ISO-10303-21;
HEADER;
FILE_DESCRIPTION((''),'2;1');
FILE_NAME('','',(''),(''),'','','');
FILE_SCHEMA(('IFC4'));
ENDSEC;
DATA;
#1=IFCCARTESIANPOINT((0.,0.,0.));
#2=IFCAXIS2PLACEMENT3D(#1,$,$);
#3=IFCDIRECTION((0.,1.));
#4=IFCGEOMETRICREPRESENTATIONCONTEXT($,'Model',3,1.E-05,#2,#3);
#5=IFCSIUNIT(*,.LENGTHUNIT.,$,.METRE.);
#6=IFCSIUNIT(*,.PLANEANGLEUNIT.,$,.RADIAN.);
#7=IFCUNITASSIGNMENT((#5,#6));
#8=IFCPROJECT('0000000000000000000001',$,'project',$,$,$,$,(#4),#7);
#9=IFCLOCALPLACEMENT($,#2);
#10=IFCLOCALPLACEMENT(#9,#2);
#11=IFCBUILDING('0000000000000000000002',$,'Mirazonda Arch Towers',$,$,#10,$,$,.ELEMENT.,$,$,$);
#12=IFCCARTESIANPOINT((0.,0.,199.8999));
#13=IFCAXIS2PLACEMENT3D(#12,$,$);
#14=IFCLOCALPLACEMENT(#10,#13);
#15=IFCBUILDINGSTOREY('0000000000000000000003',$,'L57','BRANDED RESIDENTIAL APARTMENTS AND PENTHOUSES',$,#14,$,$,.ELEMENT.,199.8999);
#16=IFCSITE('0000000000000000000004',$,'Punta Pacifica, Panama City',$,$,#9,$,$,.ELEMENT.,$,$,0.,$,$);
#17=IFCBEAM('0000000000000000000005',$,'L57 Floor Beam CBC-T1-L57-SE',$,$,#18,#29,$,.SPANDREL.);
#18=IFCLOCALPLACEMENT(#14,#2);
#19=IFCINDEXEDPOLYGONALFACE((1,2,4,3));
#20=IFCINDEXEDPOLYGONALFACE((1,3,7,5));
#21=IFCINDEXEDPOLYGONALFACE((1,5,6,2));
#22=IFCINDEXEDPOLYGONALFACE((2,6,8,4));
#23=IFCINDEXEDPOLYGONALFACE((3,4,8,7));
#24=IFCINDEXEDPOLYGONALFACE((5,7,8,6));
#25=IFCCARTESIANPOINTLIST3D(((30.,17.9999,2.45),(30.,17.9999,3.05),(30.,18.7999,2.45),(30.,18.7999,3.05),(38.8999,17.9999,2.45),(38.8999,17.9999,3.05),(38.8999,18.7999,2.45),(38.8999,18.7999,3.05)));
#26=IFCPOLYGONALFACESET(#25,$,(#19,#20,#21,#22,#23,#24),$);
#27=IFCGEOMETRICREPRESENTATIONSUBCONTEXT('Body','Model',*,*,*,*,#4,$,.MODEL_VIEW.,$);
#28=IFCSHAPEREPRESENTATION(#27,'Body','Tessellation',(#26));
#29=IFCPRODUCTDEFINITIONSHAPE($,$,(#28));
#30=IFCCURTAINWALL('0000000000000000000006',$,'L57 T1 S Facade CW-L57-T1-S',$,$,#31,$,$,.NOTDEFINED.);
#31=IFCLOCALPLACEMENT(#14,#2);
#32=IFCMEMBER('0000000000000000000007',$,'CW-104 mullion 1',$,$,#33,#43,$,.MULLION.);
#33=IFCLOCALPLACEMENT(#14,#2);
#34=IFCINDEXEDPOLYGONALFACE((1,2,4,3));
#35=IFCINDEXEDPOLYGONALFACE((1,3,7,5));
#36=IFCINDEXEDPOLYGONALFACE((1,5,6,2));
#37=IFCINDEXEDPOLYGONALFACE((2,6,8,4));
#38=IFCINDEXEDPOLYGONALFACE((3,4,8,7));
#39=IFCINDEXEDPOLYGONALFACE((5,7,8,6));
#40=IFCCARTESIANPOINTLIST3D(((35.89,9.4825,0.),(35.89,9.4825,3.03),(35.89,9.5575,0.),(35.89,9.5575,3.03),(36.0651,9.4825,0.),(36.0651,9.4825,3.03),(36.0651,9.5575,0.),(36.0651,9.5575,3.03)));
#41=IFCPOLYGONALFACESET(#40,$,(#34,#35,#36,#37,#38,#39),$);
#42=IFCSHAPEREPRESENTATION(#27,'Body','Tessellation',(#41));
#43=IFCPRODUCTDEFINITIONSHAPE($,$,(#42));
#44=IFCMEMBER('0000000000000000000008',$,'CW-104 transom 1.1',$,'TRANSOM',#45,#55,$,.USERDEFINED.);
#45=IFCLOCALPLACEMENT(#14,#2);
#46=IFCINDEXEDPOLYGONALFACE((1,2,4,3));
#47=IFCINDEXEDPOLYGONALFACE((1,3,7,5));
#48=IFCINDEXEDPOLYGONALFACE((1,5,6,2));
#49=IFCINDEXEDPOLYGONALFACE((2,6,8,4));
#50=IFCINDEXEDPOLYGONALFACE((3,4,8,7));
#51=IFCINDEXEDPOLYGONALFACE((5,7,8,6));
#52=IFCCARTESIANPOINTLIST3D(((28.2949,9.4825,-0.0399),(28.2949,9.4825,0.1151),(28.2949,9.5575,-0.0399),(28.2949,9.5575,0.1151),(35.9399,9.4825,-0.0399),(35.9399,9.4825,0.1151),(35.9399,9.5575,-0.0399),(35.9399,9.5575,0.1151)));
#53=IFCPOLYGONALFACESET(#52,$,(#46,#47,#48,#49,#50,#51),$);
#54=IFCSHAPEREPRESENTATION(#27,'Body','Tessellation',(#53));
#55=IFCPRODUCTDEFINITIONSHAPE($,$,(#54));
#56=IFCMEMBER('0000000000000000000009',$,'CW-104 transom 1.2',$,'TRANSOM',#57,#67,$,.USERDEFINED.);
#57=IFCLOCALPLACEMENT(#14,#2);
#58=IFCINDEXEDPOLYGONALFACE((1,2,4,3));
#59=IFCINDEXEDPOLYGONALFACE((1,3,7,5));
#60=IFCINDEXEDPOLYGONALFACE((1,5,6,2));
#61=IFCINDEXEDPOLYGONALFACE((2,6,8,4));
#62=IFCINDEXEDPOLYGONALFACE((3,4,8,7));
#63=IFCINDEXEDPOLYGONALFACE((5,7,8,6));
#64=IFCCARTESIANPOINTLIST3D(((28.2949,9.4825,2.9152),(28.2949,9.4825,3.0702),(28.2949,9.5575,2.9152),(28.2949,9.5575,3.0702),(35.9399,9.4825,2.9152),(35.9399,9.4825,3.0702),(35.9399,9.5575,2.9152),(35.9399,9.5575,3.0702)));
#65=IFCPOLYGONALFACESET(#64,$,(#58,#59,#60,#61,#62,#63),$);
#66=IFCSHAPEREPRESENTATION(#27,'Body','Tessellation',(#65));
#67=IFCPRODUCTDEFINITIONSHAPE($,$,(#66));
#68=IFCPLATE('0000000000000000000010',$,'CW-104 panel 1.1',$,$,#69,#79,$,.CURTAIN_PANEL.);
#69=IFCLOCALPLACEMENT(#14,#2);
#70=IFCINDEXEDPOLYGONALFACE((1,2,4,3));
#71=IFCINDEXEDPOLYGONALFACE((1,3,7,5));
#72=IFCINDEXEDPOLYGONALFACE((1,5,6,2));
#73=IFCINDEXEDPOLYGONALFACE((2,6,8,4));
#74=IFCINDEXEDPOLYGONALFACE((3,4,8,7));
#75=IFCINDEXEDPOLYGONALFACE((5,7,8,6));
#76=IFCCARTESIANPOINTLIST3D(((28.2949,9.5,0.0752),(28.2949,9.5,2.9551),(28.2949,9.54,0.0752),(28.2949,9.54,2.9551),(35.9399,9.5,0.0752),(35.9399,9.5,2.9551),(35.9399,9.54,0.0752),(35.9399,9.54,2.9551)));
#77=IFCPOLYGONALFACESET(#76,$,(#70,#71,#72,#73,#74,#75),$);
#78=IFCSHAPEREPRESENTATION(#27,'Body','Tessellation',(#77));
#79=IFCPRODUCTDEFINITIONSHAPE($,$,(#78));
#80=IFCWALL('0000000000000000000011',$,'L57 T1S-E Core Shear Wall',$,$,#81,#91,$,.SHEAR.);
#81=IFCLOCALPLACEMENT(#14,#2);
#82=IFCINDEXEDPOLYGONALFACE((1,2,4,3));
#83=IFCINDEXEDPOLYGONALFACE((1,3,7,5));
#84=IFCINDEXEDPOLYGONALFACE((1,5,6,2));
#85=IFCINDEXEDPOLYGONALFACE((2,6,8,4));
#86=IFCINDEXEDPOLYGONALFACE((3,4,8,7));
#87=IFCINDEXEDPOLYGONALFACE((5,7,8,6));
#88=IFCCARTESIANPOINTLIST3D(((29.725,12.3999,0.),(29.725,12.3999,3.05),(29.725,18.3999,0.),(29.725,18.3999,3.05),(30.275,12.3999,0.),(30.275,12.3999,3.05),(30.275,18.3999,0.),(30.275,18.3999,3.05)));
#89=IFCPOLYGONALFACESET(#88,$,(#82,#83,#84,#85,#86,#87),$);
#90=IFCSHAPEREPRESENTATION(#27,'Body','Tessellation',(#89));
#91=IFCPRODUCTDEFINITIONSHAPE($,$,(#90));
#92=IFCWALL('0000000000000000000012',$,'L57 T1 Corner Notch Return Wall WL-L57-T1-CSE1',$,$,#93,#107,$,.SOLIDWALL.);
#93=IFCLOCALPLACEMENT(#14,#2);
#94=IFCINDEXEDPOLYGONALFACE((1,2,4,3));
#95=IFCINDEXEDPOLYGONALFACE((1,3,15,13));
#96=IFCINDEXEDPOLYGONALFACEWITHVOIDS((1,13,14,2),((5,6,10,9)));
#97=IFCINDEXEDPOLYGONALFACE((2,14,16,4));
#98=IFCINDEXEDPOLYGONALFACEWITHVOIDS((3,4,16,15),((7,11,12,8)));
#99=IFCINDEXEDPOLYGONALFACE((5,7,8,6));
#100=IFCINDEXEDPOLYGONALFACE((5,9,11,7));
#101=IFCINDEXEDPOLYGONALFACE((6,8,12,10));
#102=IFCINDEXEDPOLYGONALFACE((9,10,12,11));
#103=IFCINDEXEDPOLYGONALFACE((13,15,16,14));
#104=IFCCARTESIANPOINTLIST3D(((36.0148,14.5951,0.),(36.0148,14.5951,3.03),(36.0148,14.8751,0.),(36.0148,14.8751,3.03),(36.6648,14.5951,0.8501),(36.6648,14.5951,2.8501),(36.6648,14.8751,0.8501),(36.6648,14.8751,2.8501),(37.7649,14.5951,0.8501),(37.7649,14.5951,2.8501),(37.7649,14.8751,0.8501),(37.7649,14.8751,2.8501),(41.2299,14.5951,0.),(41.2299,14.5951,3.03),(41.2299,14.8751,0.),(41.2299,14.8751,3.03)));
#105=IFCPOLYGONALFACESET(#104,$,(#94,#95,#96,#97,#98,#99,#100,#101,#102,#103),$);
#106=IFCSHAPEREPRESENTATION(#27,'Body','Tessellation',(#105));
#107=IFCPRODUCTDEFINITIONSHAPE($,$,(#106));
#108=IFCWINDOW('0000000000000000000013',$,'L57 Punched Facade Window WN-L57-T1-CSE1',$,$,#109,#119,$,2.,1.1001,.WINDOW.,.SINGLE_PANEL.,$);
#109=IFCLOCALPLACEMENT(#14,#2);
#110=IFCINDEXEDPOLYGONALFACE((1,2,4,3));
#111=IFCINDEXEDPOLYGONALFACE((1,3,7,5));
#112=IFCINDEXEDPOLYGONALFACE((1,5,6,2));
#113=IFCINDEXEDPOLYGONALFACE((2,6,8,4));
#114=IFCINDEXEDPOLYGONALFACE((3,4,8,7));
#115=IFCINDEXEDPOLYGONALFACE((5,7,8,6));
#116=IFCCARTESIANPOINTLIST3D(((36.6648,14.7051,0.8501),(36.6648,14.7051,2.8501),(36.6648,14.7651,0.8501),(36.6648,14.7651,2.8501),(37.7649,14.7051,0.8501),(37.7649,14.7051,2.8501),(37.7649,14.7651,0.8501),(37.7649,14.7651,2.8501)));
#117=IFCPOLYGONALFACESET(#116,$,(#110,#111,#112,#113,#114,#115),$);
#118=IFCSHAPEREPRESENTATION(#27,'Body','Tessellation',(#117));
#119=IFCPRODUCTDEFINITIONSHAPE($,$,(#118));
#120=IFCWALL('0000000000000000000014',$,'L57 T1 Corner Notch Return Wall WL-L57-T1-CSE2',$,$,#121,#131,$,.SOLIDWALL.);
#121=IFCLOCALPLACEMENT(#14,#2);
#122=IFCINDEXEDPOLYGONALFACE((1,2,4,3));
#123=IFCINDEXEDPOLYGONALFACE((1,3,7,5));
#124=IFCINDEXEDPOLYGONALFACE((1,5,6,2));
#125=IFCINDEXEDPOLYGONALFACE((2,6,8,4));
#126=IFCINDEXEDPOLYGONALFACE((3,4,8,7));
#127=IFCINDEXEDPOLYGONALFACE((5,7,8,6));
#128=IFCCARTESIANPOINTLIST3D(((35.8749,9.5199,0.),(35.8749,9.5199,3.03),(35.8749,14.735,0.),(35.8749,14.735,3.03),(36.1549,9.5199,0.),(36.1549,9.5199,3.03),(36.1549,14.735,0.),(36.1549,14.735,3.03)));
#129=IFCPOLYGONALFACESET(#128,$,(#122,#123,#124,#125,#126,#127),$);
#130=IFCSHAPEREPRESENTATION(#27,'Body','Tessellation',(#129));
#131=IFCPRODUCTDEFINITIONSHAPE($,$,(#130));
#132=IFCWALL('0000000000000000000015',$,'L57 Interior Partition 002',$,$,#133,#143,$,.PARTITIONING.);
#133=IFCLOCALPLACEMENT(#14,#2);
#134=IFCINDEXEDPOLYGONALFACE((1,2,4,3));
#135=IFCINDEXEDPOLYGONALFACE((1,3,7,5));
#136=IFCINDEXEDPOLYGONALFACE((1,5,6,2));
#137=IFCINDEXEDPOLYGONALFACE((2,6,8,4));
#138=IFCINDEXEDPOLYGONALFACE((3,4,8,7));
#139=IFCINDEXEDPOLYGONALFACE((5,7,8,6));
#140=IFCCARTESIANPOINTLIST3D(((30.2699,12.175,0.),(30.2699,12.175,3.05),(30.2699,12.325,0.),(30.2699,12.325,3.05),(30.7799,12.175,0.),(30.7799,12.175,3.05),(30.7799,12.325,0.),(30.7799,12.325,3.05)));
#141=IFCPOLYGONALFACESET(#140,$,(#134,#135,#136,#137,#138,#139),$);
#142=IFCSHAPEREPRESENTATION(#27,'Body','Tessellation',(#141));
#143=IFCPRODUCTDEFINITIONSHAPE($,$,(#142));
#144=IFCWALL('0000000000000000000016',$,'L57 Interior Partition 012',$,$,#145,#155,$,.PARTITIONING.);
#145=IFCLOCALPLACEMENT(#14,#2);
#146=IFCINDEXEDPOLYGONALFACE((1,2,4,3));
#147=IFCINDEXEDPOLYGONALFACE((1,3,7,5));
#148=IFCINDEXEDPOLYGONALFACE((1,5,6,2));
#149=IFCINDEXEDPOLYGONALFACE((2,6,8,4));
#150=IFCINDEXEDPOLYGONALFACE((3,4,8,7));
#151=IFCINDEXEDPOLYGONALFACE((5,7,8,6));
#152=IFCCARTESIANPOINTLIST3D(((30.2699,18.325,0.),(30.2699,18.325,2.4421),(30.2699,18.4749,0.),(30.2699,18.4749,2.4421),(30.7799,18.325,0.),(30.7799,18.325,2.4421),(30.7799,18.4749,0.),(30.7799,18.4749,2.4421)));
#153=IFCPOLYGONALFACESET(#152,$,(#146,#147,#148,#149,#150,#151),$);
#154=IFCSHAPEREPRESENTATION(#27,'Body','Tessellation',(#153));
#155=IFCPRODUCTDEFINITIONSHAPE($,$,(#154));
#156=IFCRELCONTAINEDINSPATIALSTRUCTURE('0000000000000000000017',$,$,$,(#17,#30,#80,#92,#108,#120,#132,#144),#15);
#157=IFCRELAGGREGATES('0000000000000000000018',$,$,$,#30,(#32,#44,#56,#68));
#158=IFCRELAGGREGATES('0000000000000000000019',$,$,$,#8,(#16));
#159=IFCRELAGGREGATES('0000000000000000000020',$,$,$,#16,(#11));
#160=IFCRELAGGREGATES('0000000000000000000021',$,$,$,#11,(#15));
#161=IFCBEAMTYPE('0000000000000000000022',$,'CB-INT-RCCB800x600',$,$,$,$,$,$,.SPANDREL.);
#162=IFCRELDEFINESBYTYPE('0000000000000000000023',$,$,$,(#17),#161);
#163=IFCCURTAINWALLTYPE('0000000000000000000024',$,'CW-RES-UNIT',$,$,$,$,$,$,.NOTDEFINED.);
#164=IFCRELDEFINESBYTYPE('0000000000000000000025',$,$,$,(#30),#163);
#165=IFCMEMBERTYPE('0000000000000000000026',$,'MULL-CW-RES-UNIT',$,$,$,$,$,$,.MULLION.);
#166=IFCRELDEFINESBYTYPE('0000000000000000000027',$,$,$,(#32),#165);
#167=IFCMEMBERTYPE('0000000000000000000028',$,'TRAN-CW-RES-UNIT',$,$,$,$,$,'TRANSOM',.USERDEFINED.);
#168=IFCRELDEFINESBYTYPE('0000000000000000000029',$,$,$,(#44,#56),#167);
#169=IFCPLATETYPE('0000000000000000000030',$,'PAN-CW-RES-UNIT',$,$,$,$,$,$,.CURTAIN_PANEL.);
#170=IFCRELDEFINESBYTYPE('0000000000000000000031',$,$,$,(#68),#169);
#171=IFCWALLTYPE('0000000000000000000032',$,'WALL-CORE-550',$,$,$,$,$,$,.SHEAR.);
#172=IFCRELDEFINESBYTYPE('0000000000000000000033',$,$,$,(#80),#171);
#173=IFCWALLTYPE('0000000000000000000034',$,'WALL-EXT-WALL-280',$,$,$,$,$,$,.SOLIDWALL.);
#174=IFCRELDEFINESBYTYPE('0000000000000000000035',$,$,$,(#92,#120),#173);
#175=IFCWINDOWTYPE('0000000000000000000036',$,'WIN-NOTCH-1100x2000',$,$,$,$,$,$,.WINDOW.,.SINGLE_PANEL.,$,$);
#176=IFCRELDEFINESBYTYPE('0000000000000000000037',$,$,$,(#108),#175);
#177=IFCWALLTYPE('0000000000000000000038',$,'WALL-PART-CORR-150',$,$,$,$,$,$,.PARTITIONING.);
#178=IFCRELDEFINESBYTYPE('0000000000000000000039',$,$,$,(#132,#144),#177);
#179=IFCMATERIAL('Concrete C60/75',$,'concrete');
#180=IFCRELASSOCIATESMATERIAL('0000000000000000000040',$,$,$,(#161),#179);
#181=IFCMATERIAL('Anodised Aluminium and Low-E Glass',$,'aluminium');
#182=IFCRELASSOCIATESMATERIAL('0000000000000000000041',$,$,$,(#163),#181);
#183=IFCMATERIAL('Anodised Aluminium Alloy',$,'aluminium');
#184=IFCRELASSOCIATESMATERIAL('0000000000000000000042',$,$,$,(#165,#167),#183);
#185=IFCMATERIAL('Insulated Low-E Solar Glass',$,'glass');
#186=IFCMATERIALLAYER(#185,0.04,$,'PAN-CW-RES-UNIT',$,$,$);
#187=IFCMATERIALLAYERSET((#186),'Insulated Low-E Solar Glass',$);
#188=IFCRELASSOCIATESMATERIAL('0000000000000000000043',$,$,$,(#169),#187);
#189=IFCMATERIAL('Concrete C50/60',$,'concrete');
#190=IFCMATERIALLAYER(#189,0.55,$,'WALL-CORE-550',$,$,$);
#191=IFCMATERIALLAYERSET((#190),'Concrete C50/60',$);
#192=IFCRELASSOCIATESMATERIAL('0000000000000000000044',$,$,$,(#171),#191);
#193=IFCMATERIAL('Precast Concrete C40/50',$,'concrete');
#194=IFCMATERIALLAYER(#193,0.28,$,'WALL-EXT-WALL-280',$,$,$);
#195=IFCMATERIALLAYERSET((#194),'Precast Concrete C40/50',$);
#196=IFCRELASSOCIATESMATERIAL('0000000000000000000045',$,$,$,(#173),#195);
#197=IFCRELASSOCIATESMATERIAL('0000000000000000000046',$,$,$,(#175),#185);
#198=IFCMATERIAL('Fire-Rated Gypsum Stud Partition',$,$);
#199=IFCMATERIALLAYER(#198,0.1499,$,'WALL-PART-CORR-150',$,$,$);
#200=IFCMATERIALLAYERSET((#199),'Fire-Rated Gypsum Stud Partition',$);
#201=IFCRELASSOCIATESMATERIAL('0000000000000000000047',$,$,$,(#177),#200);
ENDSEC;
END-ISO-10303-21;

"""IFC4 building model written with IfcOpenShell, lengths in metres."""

from ifc_helpers import new_model, si_unit, direction, frame, frame_2d, origin, origin_2d, place, context, subcontext, project, spatial, rectangle, extrude, material, layer, layer_set, material_profile, profile_set, type_object, element, fill, aggregate, save


model = new_model("IFC4")

# Units and contexts
model_context = context("Model", 3, precision=1e-05, world=origin(), true_north=direction((0.0, 1.0)))
body_context = subcontext(model_context, "Body", "Model", "MODEL_VIEW")
ifc_project = project(units=[si_unit("LENGTHUNIT", "METRE"), si_unit("PLANEANGLEUNIT", "RADIAN")], contexts=[model_context])

# Site, building, storey
site_placement = place(None, origin())
site = spatial("IfcSite", under=ifc_project, at=site_placement, Name="Punta Pacifica, Panama City", CompositionType="ELEMENT", RefElevation=0.0)
building_placement = place(site_placement, origin())
building = spatial("IfcBuilding", under=site, at=building_placement, Name="Mirazonda Arch Towers", CompositionType="ELEMENT")
storey_placement = place(building_placement, frame((0.0, 0.0, 199.8999)))
storey = spatial("IfcBuildingStorey", under=building, at=storey_placement, Name="L57", Description="BRANDED RESIDENTIAL APARTMENTS AND PENTHOUSES", CompositionType="ELEMENT", Elevation=199.8999)

# Shared definitions
ifc_material_1 = material(Name="Concrete C50/60", Category="concrete")

# Beam
ifc_material_2 = material(Name="Concrete C60/75", Category="concrete")
ifc_material_profile_1 = material_profile(ifc_material_2, rectangle(XDim=0.8, YDim=0.6001, at=origin_2d()), Name="RCCB800x600")
ifc_profile_set_1 = profile_set([ifc_material_profile_1], Name="Concrete C60/75")
beam_type_1 = type_object("IfcBeamType", Name="CB-INT-RCCB800x600", PredefinedType="SPANDREL", material=ifc_profile_set_1)
beam_1_placement = place(storey_placement, frame((30.0, 18.3999, 2.75), z_axis=(1.0, 0.0, 0.0), x_axis=(0.0, 1.0, 0.0)))
element("IfcBeam", 1, at=beam_1_placement, inside=storey, type_object=beam_type_1, Name="L57 Floor Beam CBC-T1-L57-SE", PredefinedType="SPANDREL", context=body_context, shape_type="SweptSolid", body=[
    extrude(rectangle(XDim=0.8, YDim=0.6001, at=origin_2d()), origin(), (0.0, 0.0, 1.0), 8.8999),
])

# Curtain wall, members, plate
ifc_material_3 = material(Name="Anodised Aluminium and Low-E Glass", Category="aluminium")
curtain_wall_type = type_object("IfcCurtainWallType", Name="CW-RES-UNIT", PredefinedType="NOTDEFINED", material=ifc_material_3)
curtain_wall_placement = place(storey_placement, origin())
curtain_wall = element("IfcCurtainWall", 2, at=curtain_wall_placement, inside=storey, type_object=curtain_wall_type, Name="L57 T1 S Facade CW-L57-T1-S", PredefinedType="NOTDEFINED")
ifc_material_4 = material(Name="Anodised Aluminium Alloy", Category="aluminium")
ifc_material_profile_2 = material_profile(ifc_material_4, rectangle(XDim=0.075, YDim=0.175, at=origin_2d()), Name="ALU-MULL-75x175")
ifc_profile_set_2 = profile_set([ifc_material_profile_2], Name="Anodised Aluminium Alloy")
member_type_1 = type_object("IfcMemberType", Name="MULL-CW-RES-UNIT", PredefinedType="MULLION", material=ifc_profile_set_2)
member_1_placement = place(storey_placement, frame((35.9775, 9.52, 0.0), z_axis=(0.0, 0.0, 1.0), x_axis=(0.0, -1.0, 0.0)))
member_1 = element("IfcMember", 3, at=member_1_placement, type_object=member_type_1, Name="CW-104 mullion 1", PredefinedType="MULLION", context=body_context, shape_type="SweptSolid", body=[
    extrude(rectangle(XDim=0.075, YDim=0.175, at=origin_2d()), origin(), (0.0, 0.0, 1.0), 3.03),
])
ifc_material_profile_3 = material_profile(ifc_material_4, rectangle(XDim=0.075, YDim=0.155, at=origin_2d()), Name="ALU-TRAN-75x155")
ifc_profile_set_3 = profile_set([ifc_material_profile_3], Name="Anodised Aluminium Alloy")
member_type_2 = type_object("IfcMemberType", Name="TRAN-CW-RES-UNIT", ElementType="TRANSOM", PredefinedType="USERDEFINED", material=ifc_profile_set_3)
member_2_placement = place(storey_placement, frame((35.9399, 9.52, 0.0376), z_axis=(-1.0, 0.0, 0.0), x_axis=(0.0, -1.0, 0.0)))
member_2 = element("IfcMember", 4, at=member_2_placement, type_object=member_type_2, Name="CW-104 transom 1.1", ObjectType="TRANSOM", PredefinedType="USERDEFINED", context=body_context, shape_type="SweptSolid", body=[
    extrude(rectangle(XDim=0.075, YDim=0.155, at=origin_2d()), origin(), (0.0, 0.0, 1.0), 7.645),
])
member_3_placement = place(storey_placement, frame((35.9399, 9.52, 2.9927), z_axis=(-1.0, 0.0, 0.0), x_axis=(0.0, -1.0, 0.0)))
member_3 = element("IfcMember", 5, at=member_3_placement, type_object=member_type_2, Name="CW-104 transom 1.2", ObjectType="TRANSOM", PredefinedType="USERDEFINED", context=body_context, shape_type="SweptSolid", body=[
    extrude(rectangle(XDim=0.075, YDim=0.155, at=origin_2d()), origin(), (0.0, 0.0, 1.0), 7.645),
])
ifc_material_5 = material(Name="Insulated Low-E Solar Glass", Category="glass")
ifc_layer_1 = layer(ifc_material_5, 0.04, Name="PAN-CW-RES-UNIT")
ifc_layer_set_1 = layer_set([ifc_layer_1], Name="Insulated Low-E Solar Glass")
plate_type = type_object("IfcPlateType", Name="PAN-CW-RES-UNIT", PredefinedType="CURTAIN_PANEL", material=ifc_layer_set_1)
plate_placement = place(storey_placement, frame((32.1174, 9.52, 0.0752), z_axis=(0.0, 0.0, 1.0), x_axis=(-1.0, 0.0, 0.0)))
plate = element("IfcPlate", 6, at=plate_placement, type_object=plate_type, Name="CW-104 panel 1.1", PredefinedType="CURTAIN_PANEL", context=body_context, shape_type="SweptSolid", body=[
    extrude(rectangle(XDim=7.645, YDim=0.04, at=origin_2d()), origin(), (0.0, 0.0, 1.0), 2.8799),
])
aggregate(curtain_wall, [member_1, member_2, member_3, plate])

# Wall
ifc_layer_2 = layer(ifc_material_1, 0.55, Name="WALL-CORE-550")
ifc_layer_set_2 = layer_set([ifc_layer_2], Name="Concrete C50/60")
wall_type_1 = type_object("IfcWallType", Name="WALL-CORE-550", PredefinedType="SHEAR", material=ifc_layer_set_2)
wall_1_placement = place(storey_placement, frame((30.0, 12.3999, 0.0), z_axis=(0.0, 0.0, 1.0), x_axis=(0.0, 1.0, 0.0)))
element("IfcWall", 7, at=wall_1_placement, inside=storey, type_object=wall_type_1, Name="L57 T1S-E Core Shear Wall", PredefinedType="SHEAR", context=body_context, shape_type="SweptSolid", body=[
    extrude(rectangle(XDim=6.0, YDim=0.55, at=frame_2d((3.0, 0.0))), origin(), (0.0, 0.0, 1.0), 3.05),
])

# Wall, opening, window
ifc_material_6 = material(Name="Precast Concrete C40/50", Category="concrete")
ifc_layer_3 = layer(ifc_material_6, 0.28, Name="WALL-EXT-WALL-280")
ifc_layer_set_3 = layer_set([ifc_layer_3], Name="Precast Concrete C40/50")
wall_type_2 = type_object("IfcWallType", Name="WALL-EXT-WALL-280", PredefinedType="SOLIDWALL", material=ifc_layer_set_3)
wall_2_placement = place(storey_placement, frame((36.0149, 14.7351, 0.0), z_axis=(0.0, 0.0, 1.0), x_axis=(1.0, 0.0, 0.0)))
wall_2 = element("IfcWall", 8, at=wall_2_placement, inside=storey, type_object=wall_type_2, Name="L57 T1 Corner Notch Return Wall WL-L57-T1-CSE1", PredefinedType="SOLIDWALL", context=body_context, shape_type="SweptSolid", body=[
    extrude(rectangle(XDim=5.2151, YDim=0.28, at=frame_2d((2.6074, 0.0))), origin(), (0.0, 0.0, 1.0), 3.03),
])
opening_1_placement = place(wall_2_placement, frame((0.6499, 0.0, 0.8501)))
opening_1 = element("IfcOpeningElement", 9, at=opening_1_placement, cuts=wall_2, PredefinedType="OPENING", context=body_context, shape_type="SweptSolid", body=[
    extrude(rectangle(XDim=1.1001, YDim=2.0, at=frame_2d((0.55, 1.0))), frame((0.0, 0.1499, 0.0), z_axis=(0.0, -1.0, 0.0), x_axis=(1.0, 0.0, 0.0)), (0.0, 0.0, 1.0), 0.3),
])
window_type = type_object("IfcWindowType", Name="WIN-NOTCH-1100x2000", PartitioningType="SINGLE_PANEL", PredefinedType="WINDOW", material=ifc_material_5)
window_placement = place(opening_1_placement, origin())
window = element("IfcWindow", 10, at=window_placement, inside=storey, type_object=window_type, Name="L57 Punched Facade Window WN-L57-T1-CSE1", OverallHeight=2.0, OverallWidth=1.1001, PartitioningType="SINGLE_PANEL", PredefinedType="WINDOW", context=body_context, shape_type="SweptSolid", body=[
    extrude(rectangle(XDim=1.1001, YDim=2.0, at=frame_2d((0.55, 1.0))), frame((0.0, 0.03, 0.0), z_axis=(0.0, -1.0, 0.0), x_axis=(1.0, 0.0, 0.0)), (0.0, 0.0, 1.0), 0.0601),
])
fill(opening_1, window)

# Walls
wall_3_placement = place(storey_placement, frame((36.0149, 9.52, 0.0), z_axis=(0.0, 0.0, 1.0), x_axis=(0.0, 1.0, 0.0)))
element("IfcWall", 11, at=wall_3_placement, inside=storey, type_object=wall_type_2, Name="L57 T1 Corner Notch Return Wall WL-L57-T1-CSE2", PredefinedType="SOLIDWALL", context=body_context, shape_type="SweptSolid", body=[
    extrude(rectangle(XDim=5.2151, YDim=0.28, at=frame_2d((2.6074, 0.0))), origin(), (0.0, 0.0, 1.0), 3.03),
])
ifc_material_7 = material(Name="Fire-Rated Gypsum Stud Partition")
ifc_layer_4 = layer(ifc_material_7, 0.1499, Name="WALL-PART-CORR-150")
ifc_layer_set_4 = layer_set([ifc_layer_4], Name="Fire-Rated Gypsum Stud Partition")
wall_type_3 = type_object("IfcWallType", Name="WALL-PART-CORR-150", PredefinedType="PARTITIONING", material=ifc_layer_set_4)
wall_4_placement = place(storey_placement, frame((30.27, 12.25, 0.0), z_axis=(0.0, 0.0, 1.0), x_axis=(1.0, 0.0, 0.0)))
element("IfcWall", 12, at=wall_4_placement, inside=storey, type_object=wall_type_3, Name="L57 Interior Partition 002", PredefinedType="PARTITIONING", context=body_context, shape_type="SweptSolid", body=[
    extrude(rectangle(XDim=0.51, YDim=0.1499, at=frame_2d((0.2549, 0.0))), origin(), (0.0, 0.0, 1.0), 3.05),
])
wall_5_placement = place(storey_placement, frame((30.27, 18.3999, 0.0), z_axis=(0.0, 0.0, 1.0), x_axis=(1.0, 0.0, 0.0)))
element("IfcWall", 13, at=wall_5_placement, inside=storey, type_object=wall_type_3, Name="L57 Interior Partition 012", PredefinedType="PARTITIONING", context=body_context, shape_type="SweptSolid", body=[
    extrude(rectangle(XDim=0.51, YDim=0.1499, at=frame_2d((0.2549, 0.0))), origin(), (0.0, 0.0, 1.0), 2.4421),
])

save(model, "model.ifc")
